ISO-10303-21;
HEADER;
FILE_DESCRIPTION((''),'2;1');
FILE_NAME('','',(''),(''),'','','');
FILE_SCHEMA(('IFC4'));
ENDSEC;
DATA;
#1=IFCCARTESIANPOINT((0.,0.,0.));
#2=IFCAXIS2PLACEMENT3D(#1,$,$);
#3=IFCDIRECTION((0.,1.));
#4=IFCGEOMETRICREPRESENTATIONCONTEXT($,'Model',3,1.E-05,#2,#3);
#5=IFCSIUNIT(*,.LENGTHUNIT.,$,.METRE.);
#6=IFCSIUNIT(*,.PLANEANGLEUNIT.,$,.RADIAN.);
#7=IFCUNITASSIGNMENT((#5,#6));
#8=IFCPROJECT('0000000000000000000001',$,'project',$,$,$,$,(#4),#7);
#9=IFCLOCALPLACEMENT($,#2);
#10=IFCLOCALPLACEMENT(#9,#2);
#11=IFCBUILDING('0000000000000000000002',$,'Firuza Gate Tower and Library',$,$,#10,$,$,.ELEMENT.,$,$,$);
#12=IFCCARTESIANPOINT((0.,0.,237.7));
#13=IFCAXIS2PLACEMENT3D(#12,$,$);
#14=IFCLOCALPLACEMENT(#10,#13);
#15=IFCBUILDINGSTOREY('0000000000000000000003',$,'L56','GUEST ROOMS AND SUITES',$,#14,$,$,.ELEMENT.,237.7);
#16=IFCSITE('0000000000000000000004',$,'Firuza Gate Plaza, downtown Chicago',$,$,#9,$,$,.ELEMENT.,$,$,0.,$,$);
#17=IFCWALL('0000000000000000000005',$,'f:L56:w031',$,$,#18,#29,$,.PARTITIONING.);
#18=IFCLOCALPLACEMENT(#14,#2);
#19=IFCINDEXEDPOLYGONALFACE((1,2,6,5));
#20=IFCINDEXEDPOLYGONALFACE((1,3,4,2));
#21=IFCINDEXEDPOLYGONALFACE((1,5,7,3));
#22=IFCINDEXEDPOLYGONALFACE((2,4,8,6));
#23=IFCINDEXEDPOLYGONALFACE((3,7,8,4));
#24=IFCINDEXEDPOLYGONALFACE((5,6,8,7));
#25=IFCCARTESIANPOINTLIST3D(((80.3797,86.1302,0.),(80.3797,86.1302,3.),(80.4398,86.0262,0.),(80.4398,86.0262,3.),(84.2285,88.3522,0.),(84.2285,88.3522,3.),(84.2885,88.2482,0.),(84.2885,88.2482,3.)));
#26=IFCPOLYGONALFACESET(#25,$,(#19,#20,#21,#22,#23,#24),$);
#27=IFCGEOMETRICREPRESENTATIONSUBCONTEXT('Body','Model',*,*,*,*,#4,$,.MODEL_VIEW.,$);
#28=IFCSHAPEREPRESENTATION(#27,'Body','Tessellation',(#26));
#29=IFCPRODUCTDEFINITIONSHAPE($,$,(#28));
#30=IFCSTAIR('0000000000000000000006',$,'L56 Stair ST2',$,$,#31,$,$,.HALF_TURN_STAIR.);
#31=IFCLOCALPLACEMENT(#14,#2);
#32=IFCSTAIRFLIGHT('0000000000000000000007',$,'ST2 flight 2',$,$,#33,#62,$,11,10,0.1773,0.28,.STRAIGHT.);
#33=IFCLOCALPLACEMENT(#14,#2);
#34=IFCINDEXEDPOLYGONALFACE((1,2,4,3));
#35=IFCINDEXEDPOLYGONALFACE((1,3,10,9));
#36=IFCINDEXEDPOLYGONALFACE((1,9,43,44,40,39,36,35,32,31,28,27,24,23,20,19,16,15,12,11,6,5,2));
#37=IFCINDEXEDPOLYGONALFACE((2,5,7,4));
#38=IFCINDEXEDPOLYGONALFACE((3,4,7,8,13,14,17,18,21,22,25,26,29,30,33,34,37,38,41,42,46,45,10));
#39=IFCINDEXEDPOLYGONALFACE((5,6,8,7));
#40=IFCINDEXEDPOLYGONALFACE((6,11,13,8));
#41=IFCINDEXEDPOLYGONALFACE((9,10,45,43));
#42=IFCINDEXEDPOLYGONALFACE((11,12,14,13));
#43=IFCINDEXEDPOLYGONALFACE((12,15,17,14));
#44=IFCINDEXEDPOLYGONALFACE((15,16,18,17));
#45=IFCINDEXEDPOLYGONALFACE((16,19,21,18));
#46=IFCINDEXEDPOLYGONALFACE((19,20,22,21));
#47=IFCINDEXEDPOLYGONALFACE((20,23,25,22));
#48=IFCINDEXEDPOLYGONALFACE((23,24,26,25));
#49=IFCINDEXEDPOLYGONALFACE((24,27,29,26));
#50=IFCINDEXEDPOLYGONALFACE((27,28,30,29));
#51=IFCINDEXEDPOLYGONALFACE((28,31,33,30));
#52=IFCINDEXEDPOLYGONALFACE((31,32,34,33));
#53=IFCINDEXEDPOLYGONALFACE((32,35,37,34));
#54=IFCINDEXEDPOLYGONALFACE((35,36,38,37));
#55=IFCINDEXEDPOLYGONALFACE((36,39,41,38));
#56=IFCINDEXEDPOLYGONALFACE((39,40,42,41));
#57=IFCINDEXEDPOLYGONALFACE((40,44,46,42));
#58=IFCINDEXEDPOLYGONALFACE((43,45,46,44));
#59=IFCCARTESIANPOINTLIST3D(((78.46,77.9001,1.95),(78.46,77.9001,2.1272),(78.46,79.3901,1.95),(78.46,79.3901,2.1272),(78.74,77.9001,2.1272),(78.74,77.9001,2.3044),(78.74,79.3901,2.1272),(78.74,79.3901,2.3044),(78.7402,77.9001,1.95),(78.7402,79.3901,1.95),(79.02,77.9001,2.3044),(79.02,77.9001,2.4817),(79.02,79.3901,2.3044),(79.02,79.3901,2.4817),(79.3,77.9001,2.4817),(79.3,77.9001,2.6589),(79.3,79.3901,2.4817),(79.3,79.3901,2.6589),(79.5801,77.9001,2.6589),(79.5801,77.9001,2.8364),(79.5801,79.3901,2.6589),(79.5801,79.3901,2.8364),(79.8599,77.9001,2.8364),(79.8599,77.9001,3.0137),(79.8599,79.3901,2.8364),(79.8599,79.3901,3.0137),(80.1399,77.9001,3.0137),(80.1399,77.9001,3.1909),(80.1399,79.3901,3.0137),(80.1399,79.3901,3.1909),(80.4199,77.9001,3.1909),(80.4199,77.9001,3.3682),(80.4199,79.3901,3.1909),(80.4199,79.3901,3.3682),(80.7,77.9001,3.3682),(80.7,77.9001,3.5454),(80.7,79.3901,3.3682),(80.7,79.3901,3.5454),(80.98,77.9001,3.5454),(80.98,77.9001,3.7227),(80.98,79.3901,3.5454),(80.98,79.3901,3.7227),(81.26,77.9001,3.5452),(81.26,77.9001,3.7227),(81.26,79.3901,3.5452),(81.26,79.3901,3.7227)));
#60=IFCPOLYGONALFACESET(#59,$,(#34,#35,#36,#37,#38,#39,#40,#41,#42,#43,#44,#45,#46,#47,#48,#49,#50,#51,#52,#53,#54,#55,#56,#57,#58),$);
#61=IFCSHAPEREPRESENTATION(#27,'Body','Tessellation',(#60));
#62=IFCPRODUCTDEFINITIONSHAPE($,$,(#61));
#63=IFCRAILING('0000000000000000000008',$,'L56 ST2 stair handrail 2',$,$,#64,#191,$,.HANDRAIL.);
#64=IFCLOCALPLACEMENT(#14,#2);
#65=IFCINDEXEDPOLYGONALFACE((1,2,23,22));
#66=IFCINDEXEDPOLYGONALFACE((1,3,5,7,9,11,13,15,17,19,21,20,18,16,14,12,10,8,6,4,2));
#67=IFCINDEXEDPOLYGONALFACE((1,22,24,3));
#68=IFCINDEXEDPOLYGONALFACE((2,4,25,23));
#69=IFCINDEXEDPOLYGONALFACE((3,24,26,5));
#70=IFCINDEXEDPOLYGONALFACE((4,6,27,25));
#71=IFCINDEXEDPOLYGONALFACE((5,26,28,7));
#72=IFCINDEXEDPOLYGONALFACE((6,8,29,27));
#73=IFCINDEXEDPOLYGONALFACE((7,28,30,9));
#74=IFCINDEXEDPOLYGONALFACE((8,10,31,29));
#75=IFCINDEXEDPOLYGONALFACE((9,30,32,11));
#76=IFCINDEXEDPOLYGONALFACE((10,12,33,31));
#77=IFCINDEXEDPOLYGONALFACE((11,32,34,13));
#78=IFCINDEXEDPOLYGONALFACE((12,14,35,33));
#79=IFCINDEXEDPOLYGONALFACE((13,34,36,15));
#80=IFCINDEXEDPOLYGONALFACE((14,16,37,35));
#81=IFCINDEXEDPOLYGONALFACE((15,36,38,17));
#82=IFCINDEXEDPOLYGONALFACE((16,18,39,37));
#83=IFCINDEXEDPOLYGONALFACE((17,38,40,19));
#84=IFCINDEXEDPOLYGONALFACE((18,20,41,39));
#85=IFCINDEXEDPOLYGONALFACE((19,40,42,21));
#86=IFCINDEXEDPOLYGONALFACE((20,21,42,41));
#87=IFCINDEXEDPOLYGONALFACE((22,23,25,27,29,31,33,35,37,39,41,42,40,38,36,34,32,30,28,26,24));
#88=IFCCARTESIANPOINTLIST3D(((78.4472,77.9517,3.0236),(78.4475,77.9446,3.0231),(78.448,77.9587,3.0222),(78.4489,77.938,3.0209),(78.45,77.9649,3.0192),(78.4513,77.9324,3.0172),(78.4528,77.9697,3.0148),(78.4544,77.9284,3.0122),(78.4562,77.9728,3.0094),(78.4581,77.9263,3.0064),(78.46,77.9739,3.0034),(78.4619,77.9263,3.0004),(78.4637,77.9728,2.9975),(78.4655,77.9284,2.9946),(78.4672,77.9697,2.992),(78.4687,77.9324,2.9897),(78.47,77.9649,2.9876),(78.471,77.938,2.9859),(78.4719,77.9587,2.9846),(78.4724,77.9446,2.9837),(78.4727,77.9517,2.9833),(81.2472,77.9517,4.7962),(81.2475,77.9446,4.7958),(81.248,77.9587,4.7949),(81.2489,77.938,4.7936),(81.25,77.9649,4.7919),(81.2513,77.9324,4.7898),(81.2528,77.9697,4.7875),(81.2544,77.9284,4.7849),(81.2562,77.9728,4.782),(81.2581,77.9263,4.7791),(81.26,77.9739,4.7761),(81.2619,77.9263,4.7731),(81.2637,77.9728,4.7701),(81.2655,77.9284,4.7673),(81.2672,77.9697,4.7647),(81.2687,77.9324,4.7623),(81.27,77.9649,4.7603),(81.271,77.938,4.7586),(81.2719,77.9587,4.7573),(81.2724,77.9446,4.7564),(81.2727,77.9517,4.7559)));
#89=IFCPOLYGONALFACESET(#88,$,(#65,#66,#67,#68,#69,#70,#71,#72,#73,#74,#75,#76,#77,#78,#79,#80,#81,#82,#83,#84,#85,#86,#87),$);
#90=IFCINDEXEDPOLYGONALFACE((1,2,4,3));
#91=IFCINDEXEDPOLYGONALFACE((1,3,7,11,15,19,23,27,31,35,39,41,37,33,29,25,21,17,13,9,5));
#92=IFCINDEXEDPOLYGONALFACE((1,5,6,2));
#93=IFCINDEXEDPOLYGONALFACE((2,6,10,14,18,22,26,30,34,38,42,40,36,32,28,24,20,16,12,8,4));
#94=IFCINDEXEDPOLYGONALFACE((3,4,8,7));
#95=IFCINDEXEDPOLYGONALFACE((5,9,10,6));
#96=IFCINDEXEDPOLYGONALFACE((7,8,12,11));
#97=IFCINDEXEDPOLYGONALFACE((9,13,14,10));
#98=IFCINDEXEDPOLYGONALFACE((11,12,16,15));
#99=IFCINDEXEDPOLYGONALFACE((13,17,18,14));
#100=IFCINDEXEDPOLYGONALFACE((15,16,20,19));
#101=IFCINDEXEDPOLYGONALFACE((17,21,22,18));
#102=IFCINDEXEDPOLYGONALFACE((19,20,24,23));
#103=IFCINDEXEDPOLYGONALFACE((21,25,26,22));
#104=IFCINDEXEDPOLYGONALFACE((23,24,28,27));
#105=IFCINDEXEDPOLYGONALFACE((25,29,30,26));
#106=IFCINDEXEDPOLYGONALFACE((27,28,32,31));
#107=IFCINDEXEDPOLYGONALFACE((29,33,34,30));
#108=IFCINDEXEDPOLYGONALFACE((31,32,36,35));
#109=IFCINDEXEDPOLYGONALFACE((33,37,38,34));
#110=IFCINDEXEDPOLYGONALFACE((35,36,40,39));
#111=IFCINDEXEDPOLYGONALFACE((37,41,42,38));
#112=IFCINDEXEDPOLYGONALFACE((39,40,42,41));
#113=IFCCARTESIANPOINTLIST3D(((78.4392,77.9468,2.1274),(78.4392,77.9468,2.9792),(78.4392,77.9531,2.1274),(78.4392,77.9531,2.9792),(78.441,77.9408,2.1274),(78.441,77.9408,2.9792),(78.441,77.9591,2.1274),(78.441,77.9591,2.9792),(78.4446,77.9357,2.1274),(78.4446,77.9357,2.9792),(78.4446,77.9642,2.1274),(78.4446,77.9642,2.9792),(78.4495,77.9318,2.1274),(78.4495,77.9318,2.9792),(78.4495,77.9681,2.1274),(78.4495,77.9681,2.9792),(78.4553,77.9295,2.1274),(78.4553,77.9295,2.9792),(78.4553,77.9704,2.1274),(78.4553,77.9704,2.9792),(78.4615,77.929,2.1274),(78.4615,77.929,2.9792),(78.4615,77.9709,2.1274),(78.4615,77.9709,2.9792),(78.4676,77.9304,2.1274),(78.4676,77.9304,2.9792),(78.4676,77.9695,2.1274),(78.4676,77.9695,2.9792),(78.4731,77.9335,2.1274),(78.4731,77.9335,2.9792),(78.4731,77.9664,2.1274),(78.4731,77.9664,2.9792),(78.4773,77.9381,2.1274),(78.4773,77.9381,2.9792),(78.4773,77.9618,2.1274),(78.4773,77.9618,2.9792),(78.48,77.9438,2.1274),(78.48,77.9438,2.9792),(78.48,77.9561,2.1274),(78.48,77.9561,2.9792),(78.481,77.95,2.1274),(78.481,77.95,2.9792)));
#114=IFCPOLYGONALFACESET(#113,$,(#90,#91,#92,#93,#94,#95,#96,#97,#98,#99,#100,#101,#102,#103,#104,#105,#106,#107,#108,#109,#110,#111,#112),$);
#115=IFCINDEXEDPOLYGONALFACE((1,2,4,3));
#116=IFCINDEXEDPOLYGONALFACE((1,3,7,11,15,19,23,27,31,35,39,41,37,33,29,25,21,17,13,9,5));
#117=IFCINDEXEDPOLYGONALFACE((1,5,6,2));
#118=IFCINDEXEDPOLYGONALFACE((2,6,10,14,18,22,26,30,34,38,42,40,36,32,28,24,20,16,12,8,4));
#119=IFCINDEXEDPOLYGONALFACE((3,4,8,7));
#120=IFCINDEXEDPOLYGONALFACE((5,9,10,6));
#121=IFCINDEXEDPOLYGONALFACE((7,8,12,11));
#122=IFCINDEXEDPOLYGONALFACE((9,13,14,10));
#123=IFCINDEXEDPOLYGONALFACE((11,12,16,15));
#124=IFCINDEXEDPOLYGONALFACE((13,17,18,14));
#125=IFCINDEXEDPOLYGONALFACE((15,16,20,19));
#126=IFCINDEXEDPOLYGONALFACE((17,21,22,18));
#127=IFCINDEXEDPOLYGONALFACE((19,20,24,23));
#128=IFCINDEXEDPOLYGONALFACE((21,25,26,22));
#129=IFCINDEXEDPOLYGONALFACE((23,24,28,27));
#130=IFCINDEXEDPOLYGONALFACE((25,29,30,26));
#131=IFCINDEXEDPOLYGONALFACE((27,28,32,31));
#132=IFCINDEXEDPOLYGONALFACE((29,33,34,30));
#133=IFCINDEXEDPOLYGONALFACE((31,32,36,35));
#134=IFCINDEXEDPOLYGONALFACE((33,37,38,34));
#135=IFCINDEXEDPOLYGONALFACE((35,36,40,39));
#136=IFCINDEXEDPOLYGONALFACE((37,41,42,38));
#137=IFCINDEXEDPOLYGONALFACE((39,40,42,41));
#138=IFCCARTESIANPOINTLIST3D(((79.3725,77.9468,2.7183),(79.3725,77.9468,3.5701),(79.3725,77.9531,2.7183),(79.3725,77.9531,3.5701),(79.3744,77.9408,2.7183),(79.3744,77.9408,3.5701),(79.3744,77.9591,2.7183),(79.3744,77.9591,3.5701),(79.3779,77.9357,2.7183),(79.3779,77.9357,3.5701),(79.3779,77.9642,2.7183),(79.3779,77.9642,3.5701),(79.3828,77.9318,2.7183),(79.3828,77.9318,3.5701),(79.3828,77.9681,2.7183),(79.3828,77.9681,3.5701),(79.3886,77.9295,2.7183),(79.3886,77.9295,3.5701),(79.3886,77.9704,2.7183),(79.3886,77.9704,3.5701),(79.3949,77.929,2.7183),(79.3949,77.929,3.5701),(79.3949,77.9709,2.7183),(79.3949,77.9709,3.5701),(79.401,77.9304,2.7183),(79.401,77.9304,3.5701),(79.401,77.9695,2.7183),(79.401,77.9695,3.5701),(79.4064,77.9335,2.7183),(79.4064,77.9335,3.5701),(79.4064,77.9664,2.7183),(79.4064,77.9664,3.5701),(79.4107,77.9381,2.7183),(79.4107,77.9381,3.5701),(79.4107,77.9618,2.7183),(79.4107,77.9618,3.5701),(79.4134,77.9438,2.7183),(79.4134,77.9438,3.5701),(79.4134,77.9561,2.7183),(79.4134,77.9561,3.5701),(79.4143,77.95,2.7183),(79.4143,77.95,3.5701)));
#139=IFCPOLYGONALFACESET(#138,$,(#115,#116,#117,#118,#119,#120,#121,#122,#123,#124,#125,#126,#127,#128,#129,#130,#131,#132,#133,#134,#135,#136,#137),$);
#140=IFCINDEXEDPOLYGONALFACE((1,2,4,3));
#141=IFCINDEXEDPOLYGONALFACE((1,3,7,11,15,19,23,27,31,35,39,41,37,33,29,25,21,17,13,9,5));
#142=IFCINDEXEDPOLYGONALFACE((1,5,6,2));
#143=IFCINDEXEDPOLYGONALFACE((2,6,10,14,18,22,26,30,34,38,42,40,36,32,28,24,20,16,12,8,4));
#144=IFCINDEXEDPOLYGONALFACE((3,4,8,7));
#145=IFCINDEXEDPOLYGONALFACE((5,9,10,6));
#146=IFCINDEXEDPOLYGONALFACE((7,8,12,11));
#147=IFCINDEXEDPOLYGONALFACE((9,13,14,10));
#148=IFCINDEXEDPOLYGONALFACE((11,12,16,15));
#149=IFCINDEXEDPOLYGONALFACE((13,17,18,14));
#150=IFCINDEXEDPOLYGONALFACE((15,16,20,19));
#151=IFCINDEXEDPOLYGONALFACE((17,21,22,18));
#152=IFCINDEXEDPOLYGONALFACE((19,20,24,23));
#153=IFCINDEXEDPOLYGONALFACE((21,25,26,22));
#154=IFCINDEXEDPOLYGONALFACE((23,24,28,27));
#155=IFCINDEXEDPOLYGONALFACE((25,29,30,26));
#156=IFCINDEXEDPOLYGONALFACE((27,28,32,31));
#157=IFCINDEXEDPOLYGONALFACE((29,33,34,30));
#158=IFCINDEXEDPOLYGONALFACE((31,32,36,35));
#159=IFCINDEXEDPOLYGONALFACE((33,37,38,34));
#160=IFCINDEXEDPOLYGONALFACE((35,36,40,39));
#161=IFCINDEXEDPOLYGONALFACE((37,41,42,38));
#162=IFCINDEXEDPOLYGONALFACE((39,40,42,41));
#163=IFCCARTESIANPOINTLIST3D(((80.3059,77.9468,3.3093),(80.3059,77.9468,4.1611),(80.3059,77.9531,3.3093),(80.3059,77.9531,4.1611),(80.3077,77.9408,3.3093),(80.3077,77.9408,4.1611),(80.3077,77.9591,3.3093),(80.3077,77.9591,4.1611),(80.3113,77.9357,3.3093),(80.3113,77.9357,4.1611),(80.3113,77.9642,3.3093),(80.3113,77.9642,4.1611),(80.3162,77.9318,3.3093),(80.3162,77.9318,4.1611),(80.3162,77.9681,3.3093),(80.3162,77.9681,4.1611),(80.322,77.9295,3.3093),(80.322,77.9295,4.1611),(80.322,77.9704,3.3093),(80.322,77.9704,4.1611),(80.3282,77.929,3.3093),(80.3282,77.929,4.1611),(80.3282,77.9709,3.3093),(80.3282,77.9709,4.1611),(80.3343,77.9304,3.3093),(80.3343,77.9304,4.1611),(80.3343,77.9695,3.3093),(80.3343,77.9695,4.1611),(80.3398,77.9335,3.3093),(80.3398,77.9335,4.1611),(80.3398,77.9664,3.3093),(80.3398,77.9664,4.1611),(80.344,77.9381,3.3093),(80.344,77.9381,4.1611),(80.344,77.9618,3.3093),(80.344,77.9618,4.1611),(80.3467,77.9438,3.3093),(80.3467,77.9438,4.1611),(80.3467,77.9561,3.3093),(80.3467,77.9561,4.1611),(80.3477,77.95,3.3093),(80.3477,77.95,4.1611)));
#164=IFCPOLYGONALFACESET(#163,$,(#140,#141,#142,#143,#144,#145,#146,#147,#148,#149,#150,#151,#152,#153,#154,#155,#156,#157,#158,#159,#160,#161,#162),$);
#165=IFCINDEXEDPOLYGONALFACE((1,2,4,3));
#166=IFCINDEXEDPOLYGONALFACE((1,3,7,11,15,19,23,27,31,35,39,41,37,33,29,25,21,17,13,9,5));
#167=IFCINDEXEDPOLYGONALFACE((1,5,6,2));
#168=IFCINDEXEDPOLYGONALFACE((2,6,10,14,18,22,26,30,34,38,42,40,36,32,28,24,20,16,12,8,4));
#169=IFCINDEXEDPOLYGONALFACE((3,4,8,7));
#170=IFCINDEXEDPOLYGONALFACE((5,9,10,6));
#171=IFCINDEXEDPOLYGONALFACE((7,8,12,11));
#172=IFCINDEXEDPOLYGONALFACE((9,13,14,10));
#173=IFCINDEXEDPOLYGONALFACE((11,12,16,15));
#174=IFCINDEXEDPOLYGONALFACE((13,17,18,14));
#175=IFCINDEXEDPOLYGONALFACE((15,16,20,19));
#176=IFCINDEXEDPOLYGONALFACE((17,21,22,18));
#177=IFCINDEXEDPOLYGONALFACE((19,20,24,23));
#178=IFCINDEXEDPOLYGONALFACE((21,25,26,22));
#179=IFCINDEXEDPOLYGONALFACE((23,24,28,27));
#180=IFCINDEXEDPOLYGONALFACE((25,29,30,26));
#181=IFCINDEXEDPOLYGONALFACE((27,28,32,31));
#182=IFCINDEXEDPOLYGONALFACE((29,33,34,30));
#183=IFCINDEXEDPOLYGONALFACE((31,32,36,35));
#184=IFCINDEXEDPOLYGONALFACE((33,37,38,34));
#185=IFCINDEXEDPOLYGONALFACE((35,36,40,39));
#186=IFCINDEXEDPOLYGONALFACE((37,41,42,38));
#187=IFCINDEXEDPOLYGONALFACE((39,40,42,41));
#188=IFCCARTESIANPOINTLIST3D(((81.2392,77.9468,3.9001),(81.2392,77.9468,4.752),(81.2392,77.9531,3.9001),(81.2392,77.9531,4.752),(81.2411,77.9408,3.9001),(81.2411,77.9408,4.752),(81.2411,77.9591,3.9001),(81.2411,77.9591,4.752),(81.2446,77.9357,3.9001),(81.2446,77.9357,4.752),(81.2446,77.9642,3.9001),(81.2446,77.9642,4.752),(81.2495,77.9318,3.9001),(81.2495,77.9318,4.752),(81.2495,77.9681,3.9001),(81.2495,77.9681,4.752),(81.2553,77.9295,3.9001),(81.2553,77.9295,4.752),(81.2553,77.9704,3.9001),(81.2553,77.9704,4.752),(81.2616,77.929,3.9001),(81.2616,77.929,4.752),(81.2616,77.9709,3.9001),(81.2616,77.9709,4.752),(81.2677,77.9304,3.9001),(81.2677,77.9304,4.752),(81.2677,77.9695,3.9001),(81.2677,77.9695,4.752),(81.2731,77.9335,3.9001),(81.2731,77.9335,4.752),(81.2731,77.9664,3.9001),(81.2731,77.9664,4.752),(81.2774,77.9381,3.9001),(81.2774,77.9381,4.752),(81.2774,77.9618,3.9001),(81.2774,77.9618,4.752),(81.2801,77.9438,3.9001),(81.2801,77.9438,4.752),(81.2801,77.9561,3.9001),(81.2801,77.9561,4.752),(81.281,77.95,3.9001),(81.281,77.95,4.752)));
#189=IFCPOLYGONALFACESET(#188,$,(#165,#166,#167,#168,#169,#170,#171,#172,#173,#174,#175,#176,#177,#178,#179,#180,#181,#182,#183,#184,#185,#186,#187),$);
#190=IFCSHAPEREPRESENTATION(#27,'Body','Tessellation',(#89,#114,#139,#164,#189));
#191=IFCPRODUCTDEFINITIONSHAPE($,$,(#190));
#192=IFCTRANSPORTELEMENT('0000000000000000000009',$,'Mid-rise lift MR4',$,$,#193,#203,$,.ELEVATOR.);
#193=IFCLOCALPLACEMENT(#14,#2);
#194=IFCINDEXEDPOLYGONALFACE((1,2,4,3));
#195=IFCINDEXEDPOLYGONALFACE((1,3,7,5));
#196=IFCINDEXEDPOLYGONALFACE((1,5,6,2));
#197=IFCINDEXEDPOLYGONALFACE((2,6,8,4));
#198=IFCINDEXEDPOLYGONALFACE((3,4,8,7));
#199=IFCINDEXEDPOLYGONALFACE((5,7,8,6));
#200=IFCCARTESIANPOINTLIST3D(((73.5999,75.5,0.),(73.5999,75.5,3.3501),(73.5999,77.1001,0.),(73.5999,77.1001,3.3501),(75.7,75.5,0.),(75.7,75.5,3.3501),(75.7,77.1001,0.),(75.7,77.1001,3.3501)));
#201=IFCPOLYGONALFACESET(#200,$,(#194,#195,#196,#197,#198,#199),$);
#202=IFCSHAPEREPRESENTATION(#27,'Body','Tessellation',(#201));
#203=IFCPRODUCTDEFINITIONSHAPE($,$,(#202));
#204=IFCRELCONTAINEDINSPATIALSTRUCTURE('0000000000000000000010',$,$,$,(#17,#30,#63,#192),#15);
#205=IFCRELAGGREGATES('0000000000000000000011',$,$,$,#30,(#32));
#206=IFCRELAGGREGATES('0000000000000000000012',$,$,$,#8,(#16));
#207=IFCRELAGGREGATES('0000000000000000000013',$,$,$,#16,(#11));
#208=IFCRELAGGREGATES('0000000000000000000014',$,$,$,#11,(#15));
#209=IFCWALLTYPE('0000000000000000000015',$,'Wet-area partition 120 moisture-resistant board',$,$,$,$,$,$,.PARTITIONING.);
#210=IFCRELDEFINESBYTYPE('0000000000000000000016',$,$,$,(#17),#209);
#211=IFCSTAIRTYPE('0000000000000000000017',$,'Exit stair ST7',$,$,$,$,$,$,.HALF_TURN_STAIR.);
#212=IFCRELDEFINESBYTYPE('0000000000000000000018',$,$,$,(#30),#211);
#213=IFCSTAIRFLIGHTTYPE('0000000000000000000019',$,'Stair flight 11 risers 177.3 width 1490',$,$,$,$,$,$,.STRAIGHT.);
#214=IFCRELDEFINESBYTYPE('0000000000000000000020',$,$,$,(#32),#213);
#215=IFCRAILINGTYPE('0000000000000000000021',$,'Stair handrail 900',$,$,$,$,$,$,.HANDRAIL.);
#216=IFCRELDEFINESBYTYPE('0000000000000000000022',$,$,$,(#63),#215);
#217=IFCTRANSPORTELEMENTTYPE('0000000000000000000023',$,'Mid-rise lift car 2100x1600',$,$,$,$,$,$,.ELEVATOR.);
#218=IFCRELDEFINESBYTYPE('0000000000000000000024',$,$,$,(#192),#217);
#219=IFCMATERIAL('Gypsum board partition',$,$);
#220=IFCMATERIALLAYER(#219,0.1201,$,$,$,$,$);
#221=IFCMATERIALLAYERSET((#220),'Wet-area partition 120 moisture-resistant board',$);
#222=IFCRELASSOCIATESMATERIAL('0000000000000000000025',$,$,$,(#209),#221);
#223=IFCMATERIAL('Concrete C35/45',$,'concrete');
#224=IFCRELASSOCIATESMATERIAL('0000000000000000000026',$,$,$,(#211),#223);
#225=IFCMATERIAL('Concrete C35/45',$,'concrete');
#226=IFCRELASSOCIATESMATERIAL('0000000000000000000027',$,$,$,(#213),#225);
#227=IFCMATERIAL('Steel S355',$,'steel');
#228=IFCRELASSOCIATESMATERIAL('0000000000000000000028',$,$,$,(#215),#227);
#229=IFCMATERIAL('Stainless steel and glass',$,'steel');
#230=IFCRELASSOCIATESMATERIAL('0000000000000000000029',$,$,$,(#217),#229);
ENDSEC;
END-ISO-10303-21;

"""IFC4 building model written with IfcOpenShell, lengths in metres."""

from ifc_helpers import new_model, si_unit, direction, frame, frame_2d, origin, origin_2d, place, context, subcontext, project, spatial, polyline, rectangle, circle, outline, extrude, material, layer, layer_set, type_object, element, aggregate, save


model = new_model("IFC4")

# Units and contexts
model_context = context("Model", 3, precision=1e-05, world=origin(), true_north=direction((0.0, 1.0)))
body_context = subcontext(model_context, "Body", "Model", "MODEL_VIEW")
ifc_project = project(units=[si_unit("LENGTHUNIT", "METRE"), si_unit("PLANEANGLEUNIT", "RADIAN")], contexts=[model_context])

# Site, building, storey
site_placement = place(None, origin())
site = spatial("IfcSite", under=ifc_project, at=site_placement, Name="Firuza Gate Plaza, downtown Chicago", CompositionType="ELEMENT", RefElevation=0.0)
building_placement = place(site_placement, origin())
building = spatial("IfcBuilding", under=site, at=building_placement, Name="Firuza Gate Tower and Library", CompositionType="ELEMENT")
storey_placement = place(building_placement, frame((0.0, 0.0, 237.7)))
storey = spatial("IfcBuildingStorey", under=building, at=storey_placement, Name="L56", Description="GUEST ROOMS AND SUITES", CompositionType="ELEMENT", Elevation=237.7)

# Wall
ifc_material_1 = material(Name="Gypsum board partition")
ifc_layer_1 = layer(ifc_material_1, 0.1201)
ifc_layer_set_1 = layer_set([ifc_layer_1], Name="Wet-area partition 120 moisture-resistant board")
wall_type_1 = type_object("IfcWallType", Name="Wet-area partition 120 moisture-resistant board", PredefinedType="PARTITIONING", material=ifc_layer_set_1)
wall_1_placement = place(storey_placement, frame((80.4097, 86.0781, 0.0), z_axis=(0.0, 0.0, 1.0), x_axis=(0.866034, 0.499986, 0.0)))
element("IfcWall", 1, at=wall_1_placement, inside=storey, type_object=wall_type_1, Name="f:L56:w031", PredefinedType="PARTITIONING", context=body_context, shape_type="SweptSolid", body=[
    extrude(rectangle(XDim=4.4441, YDim=0.1201, at=frame_2d((2.2222, 0.0))), origin(), (0.0, 0.0, 1.0), 3.0),
])

# Stair, stair flight
ifc_material_2 = material(Name="Concrete C35/45", Category="concrete")
stair_type = type_object("IfcStairType", Name="Exit stair ST7", PredefinedType="HALF_TURN_STAIR", material=ifc_material_2)
stair_placement = place(storey_placement, origin())
stair = element("IfcStair", 2, at=stair_placement, inside=storey, type_object=stair_type, Name="L56 Stair ST2", PredefinedType="HALF_TURN_STAIR")
ifc_material_3 = material(Name="Concrete C35/45", Category="concrete")
stair_flight_type = type_object("IfcStairFlightType", Name="Stair flight 11 risers 177.3 width 1490", PredefinedType="STRAIGHT", material=ifc_material_3)
stair_flight_placement = place(storey_placement, frame((78.46, 78.645, 1.95), z_axis=(0.0, 0.0, 1.0), x_axis=(1.0, 0.0, 0.0)))
stair_flight = element("IfcStairFlight", 3, at=stair_flight_placement, type_object=stair_flight_type, Name="ST2 flight 2", NumberOfRisers=11, NumberOfTreads=10, PredefinedType="STRAIGHT", RiserHeight=0.1773, TreadLength=0.28, context=body_context, shape_type="SweptSolid", body=[
    extrude(outline(polyline([(0.0, 0.0), (0.0, 0.1772), (0.28, 0.1772), (0.28, 0.3545), (0.5601, 0.3545), (0.5601, 0.5317), (0.8401, 0.5317), (0.8401, 0.709), (1.1201, 0.709), (1.1201, 0.8865), (1.3999, 0.8865), (1.3999, 1.0637), (1.6799, 1.0637), (1.6799, 1.241), (1.96, 1.241), (1.96, 1.4182), (2.24, 1.4182), (2.24, 1.5955), (2.52, 1.5955), (2.52, 1.7727), (2.8, 1.7727), (2.8, 1.95), (2.8, 1.5952), (0.2803, 0.0), (0.0, 0.0)])), frame((0.0, 0.7451, 0.0), z_axis=(0.0, -1.0, 0.0), x_axis=(1.0, 0.0, 0.0)), (0.0, 0.0, 1.0), 1.49),
])
aggregate(stair, [stair_flight])

# Railing
ifc_material_4 = material(Name="Steel S355", Category="steel")
railing_type = type_object("IfcRailingType", Name="Stair handrail 900", PredefinedType="HANDRAIL", material=ifc_material_4)
railing_placement = place(storey_placement, frame((78.46, 77.95, 2.1274)))
element("IfcRailing", 4, at=railing_placement, inside=storey, type_object=railing_type, Name="L56 ST2 stair handrail 2", PredefinedType="HANDRAIL", context=body_context, shape_type="SweptSolid", body=[
    extrude(circle(Radius=0.0239, at=origin_2d()), frame((0.0, 0.0, 0.876), z_axis=(0.844909, 0.0, 0.53491), x_axis=(0.0, 1.0, 0.0)), (0.0, 0.0, 1.0), 3.314),
    extrude(circle(Radius=0.021, at=origin_2d()), origin(), (0.0, 0.0, 1.0), 0.8518),
    extrude(circle(Radius=0.021, at=origin_2d()), frame((0.9333, 0.0, 0.5908)), (0.0, 0.0, 1.0), 0.8518),
    extrude(circle(Radius=0.021, at=origin_2d()), frame((1.8667, 0.0, 1.1819)), (0.0, 0.0, 1.0), 0.8518),
    extrude(circle(Radius=0.021, at=origin_2d()), frame((2.8, 0.0, 1.7727)), (0.0, 0.0, 1.0), 0.8518),
])

# Transport element
ifc_material_5 = material(Name="Stainless steel and glass", Category="steel")
transport_element_type = type_object("IfcTransportElementType", Name="Mid-rise lift car 2100x1600", PredefinedType="ELEVATOR", material=ifc_material_5)
transport_element_placement = place(storey_placement, frame((74.6499, 76.3, 0.0), z_axis=(0.0, 0.0, 1.0), x_axis=(1.0, 0.0, 0.0)))
element("IfcTransportElement", 5, at=transport_element_placement, inside=storey, type_object=transport_element_type, Name="Mid-rise lift MR4", PredefinedType="ELEVATOR", context=body_context, shape_type="SweptSolid", body=[
    extrude(rectangle(XDim=2.1001, YDim=1.6001, at=origin_2d()), origin(), (0.0, 0.0, 1.0), 3.3501),
])

save(model, "model.ifc")
